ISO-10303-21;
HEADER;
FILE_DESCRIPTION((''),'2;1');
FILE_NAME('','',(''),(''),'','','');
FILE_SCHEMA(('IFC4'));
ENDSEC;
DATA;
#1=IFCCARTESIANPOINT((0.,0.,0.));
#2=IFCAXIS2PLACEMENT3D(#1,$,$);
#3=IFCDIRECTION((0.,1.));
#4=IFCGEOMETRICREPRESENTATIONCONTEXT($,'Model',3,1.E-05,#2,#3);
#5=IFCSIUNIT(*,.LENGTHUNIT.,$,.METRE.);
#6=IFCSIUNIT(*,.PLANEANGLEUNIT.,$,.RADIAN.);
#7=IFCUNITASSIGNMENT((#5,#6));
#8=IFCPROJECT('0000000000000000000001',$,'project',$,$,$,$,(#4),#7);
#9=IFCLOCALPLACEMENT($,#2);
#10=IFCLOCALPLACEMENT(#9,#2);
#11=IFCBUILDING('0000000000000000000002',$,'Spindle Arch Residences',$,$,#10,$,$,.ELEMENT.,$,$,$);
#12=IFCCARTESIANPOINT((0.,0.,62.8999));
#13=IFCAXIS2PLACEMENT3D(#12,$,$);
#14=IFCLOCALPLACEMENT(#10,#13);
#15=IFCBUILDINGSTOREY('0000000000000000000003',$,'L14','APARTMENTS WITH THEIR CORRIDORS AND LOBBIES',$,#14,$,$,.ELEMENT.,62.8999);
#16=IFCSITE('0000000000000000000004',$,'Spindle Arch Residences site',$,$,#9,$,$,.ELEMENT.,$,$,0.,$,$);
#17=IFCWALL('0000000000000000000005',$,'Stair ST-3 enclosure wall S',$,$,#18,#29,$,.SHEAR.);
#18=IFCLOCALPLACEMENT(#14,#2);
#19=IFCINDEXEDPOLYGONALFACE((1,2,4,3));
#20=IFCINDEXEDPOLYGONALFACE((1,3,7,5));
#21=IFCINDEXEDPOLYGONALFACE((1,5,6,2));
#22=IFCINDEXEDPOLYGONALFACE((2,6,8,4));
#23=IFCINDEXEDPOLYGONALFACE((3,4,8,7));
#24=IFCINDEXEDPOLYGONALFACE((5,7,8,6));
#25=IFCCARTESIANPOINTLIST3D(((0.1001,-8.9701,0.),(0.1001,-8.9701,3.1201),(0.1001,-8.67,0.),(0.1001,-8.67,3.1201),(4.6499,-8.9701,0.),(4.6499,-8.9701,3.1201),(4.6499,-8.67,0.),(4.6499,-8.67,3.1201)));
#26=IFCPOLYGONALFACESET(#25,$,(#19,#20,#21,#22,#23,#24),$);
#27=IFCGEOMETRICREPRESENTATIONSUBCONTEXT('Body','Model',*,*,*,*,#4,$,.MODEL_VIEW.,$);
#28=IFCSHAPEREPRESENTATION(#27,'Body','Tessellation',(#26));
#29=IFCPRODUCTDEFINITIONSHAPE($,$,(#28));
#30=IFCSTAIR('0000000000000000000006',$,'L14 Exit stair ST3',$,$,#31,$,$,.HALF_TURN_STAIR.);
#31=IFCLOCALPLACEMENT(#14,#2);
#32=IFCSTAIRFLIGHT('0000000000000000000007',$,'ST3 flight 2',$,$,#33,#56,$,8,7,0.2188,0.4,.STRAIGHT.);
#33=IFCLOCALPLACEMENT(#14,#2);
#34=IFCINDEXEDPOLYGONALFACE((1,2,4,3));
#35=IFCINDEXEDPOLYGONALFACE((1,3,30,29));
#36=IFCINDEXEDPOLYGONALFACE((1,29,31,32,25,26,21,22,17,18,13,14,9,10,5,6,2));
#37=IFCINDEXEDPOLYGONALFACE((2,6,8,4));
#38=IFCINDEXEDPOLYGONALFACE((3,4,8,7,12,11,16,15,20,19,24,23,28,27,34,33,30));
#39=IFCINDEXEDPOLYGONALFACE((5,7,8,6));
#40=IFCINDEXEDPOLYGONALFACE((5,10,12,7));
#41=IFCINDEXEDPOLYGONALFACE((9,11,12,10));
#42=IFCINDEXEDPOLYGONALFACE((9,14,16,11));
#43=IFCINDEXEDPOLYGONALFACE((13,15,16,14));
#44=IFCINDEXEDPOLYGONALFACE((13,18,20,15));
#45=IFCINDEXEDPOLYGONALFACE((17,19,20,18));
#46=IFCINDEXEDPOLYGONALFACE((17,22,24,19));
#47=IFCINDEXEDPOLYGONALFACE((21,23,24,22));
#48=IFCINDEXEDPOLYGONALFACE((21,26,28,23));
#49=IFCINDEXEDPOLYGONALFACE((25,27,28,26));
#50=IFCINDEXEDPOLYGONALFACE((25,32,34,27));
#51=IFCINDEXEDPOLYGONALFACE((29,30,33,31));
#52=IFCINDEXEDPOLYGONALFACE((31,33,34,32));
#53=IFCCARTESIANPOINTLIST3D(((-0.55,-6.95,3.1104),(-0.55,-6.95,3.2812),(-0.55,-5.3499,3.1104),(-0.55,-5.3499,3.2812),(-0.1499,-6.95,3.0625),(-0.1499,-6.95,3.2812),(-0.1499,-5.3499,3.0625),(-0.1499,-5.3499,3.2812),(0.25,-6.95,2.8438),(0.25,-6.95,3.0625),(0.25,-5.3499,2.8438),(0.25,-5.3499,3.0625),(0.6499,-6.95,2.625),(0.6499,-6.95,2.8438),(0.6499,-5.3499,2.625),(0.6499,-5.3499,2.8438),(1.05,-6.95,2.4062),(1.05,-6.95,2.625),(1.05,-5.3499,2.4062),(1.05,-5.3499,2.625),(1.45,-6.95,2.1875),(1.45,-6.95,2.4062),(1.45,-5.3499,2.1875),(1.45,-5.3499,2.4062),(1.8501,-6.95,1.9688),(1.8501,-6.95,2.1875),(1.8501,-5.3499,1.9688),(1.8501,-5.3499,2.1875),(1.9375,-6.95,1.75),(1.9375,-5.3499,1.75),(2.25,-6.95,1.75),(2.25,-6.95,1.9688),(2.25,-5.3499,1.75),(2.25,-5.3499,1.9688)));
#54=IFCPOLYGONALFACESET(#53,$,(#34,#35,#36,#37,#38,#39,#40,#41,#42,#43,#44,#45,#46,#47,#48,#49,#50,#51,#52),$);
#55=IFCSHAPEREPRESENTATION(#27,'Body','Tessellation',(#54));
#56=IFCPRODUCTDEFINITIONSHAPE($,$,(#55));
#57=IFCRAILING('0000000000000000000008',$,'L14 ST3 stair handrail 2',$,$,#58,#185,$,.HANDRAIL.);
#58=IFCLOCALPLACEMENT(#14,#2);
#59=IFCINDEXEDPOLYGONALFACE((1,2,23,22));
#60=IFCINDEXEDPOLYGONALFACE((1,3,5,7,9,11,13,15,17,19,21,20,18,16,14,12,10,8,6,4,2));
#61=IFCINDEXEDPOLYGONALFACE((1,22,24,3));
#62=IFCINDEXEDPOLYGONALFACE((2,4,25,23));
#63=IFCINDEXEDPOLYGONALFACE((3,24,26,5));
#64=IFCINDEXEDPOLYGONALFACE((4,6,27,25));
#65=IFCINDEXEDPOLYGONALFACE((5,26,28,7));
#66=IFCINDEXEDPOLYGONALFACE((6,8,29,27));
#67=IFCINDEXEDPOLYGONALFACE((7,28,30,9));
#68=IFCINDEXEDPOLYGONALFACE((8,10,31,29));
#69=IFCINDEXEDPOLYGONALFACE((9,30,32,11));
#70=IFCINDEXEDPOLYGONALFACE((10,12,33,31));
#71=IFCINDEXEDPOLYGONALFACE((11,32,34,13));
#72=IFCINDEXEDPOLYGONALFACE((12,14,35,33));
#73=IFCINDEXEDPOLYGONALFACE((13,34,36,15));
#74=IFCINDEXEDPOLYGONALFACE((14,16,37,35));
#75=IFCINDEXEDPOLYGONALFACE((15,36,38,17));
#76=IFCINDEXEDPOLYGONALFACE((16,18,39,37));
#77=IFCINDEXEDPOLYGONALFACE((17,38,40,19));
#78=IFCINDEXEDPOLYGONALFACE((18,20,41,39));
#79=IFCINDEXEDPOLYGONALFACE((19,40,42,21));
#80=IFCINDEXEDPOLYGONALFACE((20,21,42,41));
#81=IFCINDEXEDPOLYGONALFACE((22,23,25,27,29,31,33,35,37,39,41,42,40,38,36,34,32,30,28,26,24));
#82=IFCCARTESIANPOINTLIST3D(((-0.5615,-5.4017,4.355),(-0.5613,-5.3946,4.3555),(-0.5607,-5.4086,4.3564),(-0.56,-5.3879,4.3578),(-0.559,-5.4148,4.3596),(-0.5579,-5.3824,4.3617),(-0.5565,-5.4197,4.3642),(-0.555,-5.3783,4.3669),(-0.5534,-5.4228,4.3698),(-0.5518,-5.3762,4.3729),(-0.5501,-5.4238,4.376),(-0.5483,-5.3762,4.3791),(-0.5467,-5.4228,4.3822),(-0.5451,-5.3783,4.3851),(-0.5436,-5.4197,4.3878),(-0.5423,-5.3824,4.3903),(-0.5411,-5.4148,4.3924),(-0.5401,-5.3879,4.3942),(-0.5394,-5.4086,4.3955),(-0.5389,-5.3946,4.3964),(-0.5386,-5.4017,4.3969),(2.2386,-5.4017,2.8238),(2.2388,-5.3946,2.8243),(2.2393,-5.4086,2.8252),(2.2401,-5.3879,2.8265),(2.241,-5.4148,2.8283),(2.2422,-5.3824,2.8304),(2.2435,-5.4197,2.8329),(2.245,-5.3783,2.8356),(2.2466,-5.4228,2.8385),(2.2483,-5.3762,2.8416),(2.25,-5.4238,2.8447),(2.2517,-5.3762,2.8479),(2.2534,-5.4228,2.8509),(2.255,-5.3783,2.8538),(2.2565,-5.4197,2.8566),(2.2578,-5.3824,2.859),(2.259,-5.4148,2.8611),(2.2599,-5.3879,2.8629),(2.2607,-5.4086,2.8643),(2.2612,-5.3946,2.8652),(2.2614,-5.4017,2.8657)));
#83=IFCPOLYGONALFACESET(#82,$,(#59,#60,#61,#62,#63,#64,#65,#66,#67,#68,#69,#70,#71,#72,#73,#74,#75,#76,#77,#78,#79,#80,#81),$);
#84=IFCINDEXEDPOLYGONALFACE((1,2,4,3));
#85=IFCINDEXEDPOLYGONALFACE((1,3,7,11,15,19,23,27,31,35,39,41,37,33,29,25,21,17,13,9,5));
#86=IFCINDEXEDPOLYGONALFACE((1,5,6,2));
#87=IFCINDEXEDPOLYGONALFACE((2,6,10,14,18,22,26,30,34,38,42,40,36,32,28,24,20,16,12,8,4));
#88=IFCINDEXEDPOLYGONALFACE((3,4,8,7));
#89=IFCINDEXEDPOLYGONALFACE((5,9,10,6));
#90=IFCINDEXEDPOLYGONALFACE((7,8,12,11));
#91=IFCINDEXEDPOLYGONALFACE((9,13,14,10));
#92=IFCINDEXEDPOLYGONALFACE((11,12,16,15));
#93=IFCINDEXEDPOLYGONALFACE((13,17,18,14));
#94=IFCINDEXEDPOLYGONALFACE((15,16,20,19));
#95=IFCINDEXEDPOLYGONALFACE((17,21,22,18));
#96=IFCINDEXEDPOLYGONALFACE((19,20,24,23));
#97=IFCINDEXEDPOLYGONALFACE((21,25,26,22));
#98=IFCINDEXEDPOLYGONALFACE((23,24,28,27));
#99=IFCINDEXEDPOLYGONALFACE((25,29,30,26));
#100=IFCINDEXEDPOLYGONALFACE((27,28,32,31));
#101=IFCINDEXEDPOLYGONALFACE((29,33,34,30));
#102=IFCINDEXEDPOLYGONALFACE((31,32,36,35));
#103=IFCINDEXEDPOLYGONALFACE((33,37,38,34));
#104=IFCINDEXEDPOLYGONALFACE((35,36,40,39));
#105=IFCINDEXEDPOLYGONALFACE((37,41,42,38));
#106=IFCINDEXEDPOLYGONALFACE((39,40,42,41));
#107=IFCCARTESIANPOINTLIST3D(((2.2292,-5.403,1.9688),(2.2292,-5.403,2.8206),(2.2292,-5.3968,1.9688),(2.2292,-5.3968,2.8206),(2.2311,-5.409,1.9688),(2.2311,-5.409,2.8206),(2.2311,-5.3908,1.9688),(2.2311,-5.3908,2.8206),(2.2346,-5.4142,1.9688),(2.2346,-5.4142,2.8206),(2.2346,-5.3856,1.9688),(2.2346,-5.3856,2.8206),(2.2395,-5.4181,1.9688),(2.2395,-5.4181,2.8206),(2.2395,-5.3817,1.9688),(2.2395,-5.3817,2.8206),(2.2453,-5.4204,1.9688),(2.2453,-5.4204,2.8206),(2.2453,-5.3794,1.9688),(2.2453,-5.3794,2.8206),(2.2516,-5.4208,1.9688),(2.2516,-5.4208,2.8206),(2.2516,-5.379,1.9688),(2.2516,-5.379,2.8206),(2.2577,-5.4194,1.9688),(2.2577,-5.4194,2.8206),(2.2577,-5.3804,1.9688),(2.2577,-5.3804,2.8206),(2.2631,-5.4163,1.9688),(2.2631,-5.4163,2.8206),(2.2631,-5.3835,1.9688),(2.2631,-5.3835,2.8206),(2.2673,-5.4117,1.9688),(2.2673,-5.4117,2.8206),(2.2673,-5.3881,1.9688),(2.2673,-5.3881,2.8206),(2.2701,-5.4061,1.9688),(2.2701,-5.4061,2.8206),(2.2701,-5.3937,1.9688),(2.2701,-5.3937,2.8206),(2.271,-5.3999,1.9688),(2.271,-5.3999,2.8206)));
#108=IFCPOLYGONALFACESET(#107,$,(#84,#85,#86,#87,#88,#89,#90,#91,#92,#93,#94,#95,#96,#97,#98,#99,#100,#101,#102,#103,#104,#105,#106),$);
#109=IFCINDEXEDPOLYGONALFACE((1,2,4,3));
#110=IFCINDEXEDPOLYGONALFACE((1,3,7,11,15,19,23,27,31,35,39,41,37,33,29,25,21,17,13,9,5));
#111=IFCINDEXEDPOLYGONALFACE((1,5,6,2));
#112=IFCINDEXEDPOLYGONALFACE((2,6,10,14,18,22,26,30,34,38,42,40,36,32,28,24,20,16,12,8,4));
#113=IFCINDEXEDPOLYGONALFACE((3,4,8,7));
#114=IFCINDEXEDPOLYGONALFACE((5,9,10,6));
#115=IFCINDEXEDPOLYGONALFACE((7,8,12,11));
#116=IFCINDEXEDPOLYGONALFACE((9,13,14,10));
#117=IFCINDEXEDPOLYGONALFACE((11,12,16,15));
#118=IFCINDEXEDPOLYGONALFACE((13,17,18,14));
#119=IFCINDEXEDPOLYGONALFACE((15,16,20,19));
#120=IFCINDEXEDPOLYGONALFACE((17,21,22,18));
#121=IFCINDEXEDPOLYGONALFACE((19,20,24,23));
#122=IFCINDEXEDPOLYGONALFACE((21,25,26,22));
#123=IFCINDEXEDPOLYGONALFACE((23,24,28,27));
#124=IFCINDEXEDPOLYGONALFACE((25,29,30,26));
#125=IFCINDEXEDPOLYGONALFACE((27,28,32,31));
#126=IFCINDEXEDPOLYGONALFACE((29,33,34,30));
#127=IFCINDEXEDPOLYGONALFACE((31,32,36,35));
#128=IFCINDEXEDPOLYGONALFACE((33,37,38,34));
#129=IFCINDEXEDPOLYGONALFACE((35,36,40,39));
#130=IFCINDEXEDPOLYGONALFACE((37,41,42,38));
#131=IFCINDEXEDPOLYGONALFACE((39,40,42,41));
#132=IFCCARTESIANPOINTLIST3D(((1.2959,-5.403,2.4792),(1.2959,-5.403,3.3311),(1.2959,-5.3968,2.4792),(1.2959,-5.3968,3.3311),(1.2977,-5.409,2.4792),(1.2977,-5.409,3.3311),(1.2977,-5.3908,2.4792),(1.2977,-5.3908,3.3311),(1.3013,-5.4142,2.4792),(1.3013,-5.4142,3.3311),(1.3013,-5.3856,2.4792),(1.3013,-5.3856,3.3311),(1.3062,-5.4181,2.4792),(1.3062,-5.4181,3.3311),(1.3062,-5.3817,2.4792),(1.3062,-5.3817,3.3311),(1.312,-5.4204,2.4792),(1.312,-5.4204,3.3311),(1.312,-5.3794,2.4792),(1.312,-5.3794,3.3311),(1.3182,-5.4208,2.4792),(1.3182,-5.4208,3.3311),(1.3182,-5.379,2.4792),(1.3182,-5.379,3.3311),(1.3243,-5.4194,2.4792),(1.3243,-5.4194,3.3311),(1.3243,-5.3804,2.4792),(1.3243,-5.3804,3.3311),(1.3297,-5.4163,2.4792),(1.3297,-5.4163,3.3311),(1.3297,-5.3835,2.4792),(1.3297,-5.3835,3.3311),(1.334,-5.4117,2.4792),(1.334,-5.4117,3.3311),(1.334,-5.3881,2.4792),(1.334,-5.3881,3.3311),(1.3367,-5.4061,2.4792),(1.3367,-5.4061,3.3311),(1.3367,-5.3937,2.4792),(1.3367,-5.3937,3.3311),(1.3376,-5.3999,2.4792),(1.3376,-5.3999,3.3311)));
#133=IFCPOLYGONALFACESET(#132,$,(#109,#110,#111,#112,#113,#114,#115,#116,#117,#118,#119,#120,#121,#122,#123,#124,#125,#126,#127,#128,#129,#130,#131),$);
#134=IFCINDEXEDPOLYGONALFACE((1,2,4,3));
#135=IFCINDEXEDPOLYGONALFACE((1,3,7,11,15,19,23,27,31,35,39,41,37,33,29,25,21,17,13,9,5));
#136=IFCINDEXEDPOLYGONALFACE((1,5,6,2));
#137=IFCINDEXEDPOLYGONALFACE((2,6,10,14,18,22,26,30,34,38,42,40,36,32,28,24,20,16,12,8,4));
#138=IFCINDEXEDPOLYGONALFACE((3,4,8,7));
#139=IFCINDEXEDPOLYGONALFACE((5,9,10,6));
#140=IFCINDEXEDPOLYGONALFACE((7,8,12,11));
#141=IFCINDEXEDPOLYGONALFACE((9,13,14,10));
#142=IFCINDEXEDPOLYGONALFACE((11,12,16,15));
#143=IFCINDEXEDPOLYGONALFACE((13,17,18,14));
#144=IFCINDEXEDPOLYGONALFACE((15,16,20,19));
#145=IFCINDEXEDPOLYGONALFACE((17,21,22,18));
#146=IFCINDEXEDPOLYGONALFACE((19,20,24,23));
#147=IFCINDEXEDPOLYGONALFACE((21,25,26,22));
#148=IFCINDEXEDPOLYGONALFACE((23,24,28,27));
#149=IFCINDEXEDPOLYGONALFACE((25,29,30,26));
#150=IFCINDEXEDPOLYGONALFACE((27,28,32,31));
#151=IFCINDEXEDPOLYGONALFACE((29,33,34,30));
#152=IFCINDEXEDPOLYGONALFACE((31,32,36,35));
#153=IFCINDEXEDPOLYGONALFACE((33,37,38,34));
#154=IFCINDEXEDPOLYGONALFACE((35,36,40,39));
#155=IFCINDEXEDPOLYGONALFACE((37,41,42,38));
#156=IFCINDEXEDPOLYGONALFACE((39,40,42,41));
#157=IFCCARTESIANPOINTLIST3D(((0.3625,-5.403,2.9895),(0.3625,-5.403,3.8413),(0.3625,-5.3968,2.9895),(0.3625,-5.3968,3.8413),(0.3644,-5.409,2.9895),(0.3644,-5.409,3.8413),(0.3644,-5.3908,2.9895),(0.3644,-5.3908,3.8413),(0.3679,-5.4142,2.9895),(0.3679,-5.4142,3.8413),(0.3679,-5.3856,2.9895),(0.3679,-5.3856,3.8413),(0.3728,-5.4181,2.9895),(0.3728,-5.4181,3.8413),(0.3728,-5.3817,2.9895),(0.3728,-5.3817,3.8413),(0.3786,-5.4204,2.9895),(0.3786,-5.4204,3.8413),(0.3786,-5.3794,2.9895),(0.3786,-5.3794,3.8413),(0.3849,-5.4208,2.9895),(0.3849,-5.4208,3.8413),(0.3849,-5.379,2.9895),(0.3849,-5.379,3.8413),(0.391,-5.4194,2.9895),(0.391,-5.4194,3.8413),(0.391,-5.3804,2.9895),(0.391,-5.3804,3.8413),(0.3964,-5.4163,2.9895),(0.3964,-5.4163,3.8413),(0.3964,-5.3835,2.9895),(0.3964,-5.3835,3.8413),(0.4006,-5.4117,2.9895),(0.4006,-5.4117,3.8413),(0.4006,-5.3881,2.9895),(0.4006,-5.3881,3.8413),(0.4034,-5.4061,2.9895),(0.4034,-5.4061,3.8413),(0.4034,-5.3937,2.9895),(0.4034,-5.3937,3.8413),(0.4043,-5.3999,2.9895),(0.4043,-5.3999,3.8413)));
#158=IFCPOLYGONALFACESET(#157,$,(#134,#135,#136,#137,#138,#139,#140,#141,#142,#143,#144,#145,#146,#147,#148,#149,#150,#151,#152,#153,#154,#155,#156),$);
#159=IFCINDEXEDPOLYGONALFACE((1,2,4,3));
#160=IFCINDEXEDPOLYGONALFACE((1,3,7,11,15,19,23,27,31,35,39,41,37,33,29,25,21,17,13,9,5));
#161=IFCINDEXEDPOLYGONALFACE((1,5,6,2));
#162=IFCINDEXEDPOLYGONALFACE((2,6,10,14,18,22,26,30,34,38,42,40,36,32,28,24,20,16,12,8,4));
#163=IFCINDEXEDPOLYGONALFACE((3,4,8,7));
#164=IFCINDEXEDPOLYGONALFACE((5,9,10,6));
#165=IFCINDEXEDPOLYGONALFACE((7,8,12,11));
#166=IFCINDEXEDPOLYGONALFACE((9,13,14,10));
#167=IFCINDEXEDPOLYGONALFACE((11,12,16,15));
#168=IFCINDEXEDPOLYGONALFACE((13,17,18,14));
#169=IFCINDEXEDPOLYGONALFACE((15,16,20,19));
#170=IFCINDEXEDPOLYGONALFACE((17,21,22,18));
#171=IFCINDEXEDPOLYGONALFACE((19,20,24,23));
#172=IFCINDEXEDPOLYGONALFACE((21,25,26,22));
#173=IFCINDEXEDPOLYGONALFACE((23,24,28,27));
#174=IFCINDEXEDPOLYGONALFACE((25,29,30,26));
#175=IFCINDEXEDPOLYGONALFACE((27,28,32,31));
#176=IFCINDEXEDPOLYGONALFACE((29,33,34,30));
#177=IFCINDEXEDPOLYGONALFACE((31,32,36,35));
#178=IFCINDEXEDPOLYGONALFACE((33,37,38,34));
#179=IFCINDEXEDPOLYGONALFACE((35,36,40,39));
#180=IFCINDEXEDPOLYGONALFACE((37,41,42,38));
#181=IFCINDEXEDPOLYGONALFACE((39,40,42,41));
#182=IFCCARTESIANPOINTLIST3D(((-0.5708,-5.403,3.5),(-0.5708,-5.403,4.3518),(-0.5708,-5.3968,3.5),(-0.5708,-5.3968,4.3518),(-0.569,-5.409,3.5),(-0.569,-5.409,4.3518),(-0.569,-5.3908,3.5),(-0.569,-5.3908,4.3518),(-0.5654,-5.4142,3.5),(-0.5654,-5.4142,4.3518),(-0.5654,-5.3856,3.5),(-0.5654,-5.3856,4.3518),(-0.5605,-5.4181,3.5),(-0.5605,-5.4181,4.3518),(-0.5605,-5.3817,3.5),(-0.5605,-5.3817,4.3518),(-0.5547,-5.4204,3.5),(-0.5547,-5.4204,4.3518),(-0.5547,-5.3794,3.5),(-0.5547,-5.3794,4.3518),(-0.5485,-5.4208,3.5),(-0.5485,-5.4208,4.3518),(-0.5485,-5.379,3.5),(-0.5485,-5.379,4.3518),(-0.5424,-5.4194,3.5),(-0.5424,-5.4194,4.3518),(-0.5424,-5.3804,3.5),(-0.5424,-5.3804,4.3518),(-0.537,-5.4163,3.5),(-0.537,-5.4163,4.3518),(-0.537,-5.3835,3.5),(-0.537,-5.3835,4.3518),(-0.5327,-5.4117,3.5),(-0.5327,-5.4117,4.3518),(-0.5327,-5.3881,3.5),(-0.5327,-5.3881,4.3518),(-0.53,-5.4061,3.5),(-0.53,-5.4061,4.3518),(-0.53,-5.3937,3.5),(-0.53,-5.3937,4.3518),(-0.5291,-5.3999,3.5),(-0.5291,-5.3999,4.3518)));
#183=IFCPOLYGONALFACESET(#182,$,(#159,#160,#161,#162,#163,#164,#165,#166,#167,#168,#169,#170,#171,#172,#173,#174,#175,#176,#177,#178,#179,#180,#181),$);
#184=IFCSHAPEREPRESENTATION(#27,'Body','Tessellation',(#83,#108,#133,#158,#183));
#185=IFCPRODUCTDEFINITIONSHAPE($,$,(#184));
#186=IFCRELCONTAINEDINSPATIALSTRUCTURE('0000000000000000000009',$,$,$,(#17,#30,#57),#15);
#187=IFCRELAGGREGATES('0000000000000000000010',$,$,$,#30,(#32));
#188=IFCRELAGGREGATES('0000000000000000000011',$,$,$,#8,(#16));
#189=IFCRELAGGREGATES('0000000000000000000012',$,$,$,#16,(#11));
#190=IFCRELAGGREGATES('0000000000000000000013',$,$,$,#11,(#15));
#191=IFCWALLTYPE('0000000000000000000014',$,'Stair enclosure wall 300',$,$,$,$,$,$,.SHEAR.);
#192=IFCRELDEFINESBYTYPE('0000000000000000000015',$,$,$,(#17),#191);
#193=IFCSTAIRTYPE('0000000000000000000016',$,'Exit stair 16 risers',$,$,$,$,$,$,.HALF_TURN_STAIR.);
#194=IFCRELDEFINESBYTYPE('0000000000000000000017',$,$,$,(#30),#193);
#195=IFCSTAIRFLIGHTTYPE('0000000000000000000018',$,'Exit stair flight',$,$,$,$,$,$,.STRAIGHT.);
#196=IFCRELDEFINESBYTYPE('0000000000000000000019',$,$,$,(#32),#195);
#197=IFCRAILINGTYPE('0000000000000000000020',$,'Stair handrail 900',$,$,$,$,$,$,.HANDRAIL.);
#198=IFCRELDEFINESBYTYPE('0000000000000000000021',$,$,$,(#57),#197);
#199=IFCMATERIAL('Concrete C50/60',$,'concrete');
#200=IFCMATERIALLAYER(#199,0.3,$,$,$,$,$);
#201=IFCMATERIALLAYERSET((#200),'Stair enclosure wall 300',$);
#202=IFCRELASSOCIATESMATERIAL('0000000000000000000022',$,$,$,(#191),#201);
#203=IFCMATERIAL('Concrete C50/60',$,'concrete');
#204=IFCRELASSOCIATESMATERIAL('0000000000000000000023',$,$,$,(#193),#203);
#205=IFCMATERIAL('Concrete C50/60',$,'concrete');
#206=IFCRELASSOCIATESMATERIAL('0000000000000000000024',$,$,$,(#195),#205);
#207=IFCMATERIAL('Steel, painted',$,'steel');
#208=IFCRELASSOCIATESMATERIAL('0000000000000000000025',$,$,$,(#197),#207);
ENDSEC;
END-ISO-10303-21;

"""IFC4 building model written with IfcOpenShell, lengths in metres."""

from ifc_helpers import new_model, si_unit, direction, frame, frame_2d, origin, origin_2d, place, context, subcontext, project, spatial, polyline, rectangle, circle, outline, extrude, material, layer, layer_set, type_object, element, aggregate, save


model = new_model("IFC4")

# Units and contexts
model_context = context("Model", 3, precision=1e-05, world=origin(), true_north=direction((0.0, 1.0)))
body_context = subcontext(model_context, "Body", "Model", "MODEL_VIEW")
ifc_project = project(units=[si_unit("LENGTHUNIT", "METRE"), si_unit("PLANEANGLEUNIT", "RADIAN")], contexts=[model_context])

# Site, building, storey
site_placement = place(None, origin())
site = spatial("IfcSite", under=ifc_project, at=site_placement, Name="Spindle Arch Residences site", CompositionType="ELEMENT", RefElevation=0.0)
building_placement = place(site_placement, origin())
building = spatial("IfcBuilding", under=site, at=building_placement, Name="Spindle Arch Residences", CompositionType="ELEMENT")
storey_placement = place(building_placement, frame((0.0, 0.0, 62.8999)))
storey = spatial("IfcBuildingStorey", under=building, at=storey_placement, Name="L14", Description="APARTMENTS WITH THEIR CORRIDORS AND LOBBIES", CompositionType="ELEMENT", Elevation=62.8999)

# Wall
ifc_material_1 = material(Name="Concrete C50/60", Category="concrete")
ifc_layer_1 = layer(ifc_material_1, 0.3)
ifc_layer_set_1 = layer_set([ifc_layer_1], Name="Stair enclosure wall 300")
wall_type_1 = type_object("IfcWallType", Name="Stair enclosure wall 300", PredefinedType="SHEAR", material=ifc_layer_set_1)
wall_1_placement = place(storey_placement, frame((0.1001, -8.8201, 0.0), z_axis=(0.0, 0.0, 1.0), x_axis=(1.0, 0.0, 0.0)))
element("IfcWall", 1, at=wall_1_placement, inside=storey, type_object=wall_type_1, Name="Stair ST-3 enclosure wall S", PredefinedType="SHEAR", context=body_context, shape_type="SweptSolid", body=[
    extrude(rectangle(XDim=4.5498, YDim=0.3, at=frame_2d((2.2749, 0.0))), origin(), (0.0, 0.0, 1.0), 3.1201),
])

# Stair, stair flight
ifc_material_2 = material(Name="Concrete C50/60", Category="concrete")
stair_type = type_object("IfcStairType", Name="Exit stair 16 risers", PredefinedType="HALF_TURN_STAIR", material=ifc_material_2)
stair_placement = place(storey_placement, origin())
stair = element("IfcStair", 2, at=stair_placement, inside=storey, type_object=stair_type, Name="L14 Exit stair ST3", PredefinedType="HALF_TURN_STAIR")
ifc_material_3 = material(Name="Concrete C50/60", Category="concrete")
stair_flight_type = type_object("IfcStairFlightType", Name="Exit stair flight", PredefinedType="STRAIGHT", material=ifc_material_3)
stair_flight_placement = place(storey_placement, frame((2.25, -6.1499, 1.75), z_axis=(0.0, 0.0, 1.0), x_axis=(-1.0, 0.0, 0.0)))
stair_flight = element("IfcStairFlight", 3, at=stair_flight_placement, type_object=stair_flight_type, Name="ST3 flight 2", NumberOfRisers=8, NumberOfTreads=7, PredefinedType="STRAIGHT", RiserHeight=0.2188, TreadLength=0.4, context=body_context, shape_type="SweptSolid", body=[
    extrude(outline(polyline([(0.0, 0.0), (0.0, 0.2188), (0.3999, 0.2188), (0.3999, 0.4375), (0.8, 0.4375), (0.8, 0.6562), (1.2, 0.6562), (1.2, 0.875), (1.6001, 0.875), (1.6001, 1.0938), (2.0, 1.0938), (2.0, 1.3125), (2.3999, 1.3125), (2.3999, 1.5312), (2.8, 1.5312), (2.8, 1.75), (2.8, 1.3604), (0.3125, 0.0), (0.0, 0.0)])), frame((0.0, 0.8, 0.0), z_axis=(0.0, -1.0, 0.0), x_axis=(1.0, 0.0, 0.0)), (0.0, 0.0, 1.0), 1.6001),
])
aggregate(stair, [stair_flight])

# Railing
ifc_material_4 = material(Name="Steel, painted", Category="steel")
railing_type = type_object("IfcRailingType", Name="Stair handrail 900", PredefinedType="HANDRAIL", material=ifc_material_4)
railing_placement = place(storey_placement, frame((2.25, -5.3999, 1.9688)))
element("IfcRailing", 4, at=railing_placement, inside=storey, type_object=railing_type, Name="L14 ST3 stair handrail 2", PredefinedType="HANDRAIL", context=body_context, shape_type="SweptSolid", body=[
    extrude(circle(Radius=0.0239, at=origin_2d()), frame((0.0, 0.0, 0.876), z_axis=(-0.877375, 0.0, 0.479806), x_axis=(0.0, -1.0, 0.0)), (0.0, 0.0, 1.0), 3.1914),
    extrude(circle(Radius=0.021, at=origin_2d()), origin(), (0.0, 0.0, 1.0), 0.8518),
    extrude(circle(Radius=0.021, at=origin_2d()), frame((-0.9333, 0.0, 0.5105)), (0.0, 0.0, 1.0), 0.8518),
    extrude(circle(Radius=0.021, at=origin_2d()), frame((-1.8667, 0.0, 1.0208)), (0.0, 0.0, 1.0), 0.8518),
    extrude(circle(Radius=0.021, at=origin_2d()), frame((-2.8, 0.0, 1.5312)), (0.0, 0.0, 1.0), 0.8518),
])

save(model, "model.ifc")
